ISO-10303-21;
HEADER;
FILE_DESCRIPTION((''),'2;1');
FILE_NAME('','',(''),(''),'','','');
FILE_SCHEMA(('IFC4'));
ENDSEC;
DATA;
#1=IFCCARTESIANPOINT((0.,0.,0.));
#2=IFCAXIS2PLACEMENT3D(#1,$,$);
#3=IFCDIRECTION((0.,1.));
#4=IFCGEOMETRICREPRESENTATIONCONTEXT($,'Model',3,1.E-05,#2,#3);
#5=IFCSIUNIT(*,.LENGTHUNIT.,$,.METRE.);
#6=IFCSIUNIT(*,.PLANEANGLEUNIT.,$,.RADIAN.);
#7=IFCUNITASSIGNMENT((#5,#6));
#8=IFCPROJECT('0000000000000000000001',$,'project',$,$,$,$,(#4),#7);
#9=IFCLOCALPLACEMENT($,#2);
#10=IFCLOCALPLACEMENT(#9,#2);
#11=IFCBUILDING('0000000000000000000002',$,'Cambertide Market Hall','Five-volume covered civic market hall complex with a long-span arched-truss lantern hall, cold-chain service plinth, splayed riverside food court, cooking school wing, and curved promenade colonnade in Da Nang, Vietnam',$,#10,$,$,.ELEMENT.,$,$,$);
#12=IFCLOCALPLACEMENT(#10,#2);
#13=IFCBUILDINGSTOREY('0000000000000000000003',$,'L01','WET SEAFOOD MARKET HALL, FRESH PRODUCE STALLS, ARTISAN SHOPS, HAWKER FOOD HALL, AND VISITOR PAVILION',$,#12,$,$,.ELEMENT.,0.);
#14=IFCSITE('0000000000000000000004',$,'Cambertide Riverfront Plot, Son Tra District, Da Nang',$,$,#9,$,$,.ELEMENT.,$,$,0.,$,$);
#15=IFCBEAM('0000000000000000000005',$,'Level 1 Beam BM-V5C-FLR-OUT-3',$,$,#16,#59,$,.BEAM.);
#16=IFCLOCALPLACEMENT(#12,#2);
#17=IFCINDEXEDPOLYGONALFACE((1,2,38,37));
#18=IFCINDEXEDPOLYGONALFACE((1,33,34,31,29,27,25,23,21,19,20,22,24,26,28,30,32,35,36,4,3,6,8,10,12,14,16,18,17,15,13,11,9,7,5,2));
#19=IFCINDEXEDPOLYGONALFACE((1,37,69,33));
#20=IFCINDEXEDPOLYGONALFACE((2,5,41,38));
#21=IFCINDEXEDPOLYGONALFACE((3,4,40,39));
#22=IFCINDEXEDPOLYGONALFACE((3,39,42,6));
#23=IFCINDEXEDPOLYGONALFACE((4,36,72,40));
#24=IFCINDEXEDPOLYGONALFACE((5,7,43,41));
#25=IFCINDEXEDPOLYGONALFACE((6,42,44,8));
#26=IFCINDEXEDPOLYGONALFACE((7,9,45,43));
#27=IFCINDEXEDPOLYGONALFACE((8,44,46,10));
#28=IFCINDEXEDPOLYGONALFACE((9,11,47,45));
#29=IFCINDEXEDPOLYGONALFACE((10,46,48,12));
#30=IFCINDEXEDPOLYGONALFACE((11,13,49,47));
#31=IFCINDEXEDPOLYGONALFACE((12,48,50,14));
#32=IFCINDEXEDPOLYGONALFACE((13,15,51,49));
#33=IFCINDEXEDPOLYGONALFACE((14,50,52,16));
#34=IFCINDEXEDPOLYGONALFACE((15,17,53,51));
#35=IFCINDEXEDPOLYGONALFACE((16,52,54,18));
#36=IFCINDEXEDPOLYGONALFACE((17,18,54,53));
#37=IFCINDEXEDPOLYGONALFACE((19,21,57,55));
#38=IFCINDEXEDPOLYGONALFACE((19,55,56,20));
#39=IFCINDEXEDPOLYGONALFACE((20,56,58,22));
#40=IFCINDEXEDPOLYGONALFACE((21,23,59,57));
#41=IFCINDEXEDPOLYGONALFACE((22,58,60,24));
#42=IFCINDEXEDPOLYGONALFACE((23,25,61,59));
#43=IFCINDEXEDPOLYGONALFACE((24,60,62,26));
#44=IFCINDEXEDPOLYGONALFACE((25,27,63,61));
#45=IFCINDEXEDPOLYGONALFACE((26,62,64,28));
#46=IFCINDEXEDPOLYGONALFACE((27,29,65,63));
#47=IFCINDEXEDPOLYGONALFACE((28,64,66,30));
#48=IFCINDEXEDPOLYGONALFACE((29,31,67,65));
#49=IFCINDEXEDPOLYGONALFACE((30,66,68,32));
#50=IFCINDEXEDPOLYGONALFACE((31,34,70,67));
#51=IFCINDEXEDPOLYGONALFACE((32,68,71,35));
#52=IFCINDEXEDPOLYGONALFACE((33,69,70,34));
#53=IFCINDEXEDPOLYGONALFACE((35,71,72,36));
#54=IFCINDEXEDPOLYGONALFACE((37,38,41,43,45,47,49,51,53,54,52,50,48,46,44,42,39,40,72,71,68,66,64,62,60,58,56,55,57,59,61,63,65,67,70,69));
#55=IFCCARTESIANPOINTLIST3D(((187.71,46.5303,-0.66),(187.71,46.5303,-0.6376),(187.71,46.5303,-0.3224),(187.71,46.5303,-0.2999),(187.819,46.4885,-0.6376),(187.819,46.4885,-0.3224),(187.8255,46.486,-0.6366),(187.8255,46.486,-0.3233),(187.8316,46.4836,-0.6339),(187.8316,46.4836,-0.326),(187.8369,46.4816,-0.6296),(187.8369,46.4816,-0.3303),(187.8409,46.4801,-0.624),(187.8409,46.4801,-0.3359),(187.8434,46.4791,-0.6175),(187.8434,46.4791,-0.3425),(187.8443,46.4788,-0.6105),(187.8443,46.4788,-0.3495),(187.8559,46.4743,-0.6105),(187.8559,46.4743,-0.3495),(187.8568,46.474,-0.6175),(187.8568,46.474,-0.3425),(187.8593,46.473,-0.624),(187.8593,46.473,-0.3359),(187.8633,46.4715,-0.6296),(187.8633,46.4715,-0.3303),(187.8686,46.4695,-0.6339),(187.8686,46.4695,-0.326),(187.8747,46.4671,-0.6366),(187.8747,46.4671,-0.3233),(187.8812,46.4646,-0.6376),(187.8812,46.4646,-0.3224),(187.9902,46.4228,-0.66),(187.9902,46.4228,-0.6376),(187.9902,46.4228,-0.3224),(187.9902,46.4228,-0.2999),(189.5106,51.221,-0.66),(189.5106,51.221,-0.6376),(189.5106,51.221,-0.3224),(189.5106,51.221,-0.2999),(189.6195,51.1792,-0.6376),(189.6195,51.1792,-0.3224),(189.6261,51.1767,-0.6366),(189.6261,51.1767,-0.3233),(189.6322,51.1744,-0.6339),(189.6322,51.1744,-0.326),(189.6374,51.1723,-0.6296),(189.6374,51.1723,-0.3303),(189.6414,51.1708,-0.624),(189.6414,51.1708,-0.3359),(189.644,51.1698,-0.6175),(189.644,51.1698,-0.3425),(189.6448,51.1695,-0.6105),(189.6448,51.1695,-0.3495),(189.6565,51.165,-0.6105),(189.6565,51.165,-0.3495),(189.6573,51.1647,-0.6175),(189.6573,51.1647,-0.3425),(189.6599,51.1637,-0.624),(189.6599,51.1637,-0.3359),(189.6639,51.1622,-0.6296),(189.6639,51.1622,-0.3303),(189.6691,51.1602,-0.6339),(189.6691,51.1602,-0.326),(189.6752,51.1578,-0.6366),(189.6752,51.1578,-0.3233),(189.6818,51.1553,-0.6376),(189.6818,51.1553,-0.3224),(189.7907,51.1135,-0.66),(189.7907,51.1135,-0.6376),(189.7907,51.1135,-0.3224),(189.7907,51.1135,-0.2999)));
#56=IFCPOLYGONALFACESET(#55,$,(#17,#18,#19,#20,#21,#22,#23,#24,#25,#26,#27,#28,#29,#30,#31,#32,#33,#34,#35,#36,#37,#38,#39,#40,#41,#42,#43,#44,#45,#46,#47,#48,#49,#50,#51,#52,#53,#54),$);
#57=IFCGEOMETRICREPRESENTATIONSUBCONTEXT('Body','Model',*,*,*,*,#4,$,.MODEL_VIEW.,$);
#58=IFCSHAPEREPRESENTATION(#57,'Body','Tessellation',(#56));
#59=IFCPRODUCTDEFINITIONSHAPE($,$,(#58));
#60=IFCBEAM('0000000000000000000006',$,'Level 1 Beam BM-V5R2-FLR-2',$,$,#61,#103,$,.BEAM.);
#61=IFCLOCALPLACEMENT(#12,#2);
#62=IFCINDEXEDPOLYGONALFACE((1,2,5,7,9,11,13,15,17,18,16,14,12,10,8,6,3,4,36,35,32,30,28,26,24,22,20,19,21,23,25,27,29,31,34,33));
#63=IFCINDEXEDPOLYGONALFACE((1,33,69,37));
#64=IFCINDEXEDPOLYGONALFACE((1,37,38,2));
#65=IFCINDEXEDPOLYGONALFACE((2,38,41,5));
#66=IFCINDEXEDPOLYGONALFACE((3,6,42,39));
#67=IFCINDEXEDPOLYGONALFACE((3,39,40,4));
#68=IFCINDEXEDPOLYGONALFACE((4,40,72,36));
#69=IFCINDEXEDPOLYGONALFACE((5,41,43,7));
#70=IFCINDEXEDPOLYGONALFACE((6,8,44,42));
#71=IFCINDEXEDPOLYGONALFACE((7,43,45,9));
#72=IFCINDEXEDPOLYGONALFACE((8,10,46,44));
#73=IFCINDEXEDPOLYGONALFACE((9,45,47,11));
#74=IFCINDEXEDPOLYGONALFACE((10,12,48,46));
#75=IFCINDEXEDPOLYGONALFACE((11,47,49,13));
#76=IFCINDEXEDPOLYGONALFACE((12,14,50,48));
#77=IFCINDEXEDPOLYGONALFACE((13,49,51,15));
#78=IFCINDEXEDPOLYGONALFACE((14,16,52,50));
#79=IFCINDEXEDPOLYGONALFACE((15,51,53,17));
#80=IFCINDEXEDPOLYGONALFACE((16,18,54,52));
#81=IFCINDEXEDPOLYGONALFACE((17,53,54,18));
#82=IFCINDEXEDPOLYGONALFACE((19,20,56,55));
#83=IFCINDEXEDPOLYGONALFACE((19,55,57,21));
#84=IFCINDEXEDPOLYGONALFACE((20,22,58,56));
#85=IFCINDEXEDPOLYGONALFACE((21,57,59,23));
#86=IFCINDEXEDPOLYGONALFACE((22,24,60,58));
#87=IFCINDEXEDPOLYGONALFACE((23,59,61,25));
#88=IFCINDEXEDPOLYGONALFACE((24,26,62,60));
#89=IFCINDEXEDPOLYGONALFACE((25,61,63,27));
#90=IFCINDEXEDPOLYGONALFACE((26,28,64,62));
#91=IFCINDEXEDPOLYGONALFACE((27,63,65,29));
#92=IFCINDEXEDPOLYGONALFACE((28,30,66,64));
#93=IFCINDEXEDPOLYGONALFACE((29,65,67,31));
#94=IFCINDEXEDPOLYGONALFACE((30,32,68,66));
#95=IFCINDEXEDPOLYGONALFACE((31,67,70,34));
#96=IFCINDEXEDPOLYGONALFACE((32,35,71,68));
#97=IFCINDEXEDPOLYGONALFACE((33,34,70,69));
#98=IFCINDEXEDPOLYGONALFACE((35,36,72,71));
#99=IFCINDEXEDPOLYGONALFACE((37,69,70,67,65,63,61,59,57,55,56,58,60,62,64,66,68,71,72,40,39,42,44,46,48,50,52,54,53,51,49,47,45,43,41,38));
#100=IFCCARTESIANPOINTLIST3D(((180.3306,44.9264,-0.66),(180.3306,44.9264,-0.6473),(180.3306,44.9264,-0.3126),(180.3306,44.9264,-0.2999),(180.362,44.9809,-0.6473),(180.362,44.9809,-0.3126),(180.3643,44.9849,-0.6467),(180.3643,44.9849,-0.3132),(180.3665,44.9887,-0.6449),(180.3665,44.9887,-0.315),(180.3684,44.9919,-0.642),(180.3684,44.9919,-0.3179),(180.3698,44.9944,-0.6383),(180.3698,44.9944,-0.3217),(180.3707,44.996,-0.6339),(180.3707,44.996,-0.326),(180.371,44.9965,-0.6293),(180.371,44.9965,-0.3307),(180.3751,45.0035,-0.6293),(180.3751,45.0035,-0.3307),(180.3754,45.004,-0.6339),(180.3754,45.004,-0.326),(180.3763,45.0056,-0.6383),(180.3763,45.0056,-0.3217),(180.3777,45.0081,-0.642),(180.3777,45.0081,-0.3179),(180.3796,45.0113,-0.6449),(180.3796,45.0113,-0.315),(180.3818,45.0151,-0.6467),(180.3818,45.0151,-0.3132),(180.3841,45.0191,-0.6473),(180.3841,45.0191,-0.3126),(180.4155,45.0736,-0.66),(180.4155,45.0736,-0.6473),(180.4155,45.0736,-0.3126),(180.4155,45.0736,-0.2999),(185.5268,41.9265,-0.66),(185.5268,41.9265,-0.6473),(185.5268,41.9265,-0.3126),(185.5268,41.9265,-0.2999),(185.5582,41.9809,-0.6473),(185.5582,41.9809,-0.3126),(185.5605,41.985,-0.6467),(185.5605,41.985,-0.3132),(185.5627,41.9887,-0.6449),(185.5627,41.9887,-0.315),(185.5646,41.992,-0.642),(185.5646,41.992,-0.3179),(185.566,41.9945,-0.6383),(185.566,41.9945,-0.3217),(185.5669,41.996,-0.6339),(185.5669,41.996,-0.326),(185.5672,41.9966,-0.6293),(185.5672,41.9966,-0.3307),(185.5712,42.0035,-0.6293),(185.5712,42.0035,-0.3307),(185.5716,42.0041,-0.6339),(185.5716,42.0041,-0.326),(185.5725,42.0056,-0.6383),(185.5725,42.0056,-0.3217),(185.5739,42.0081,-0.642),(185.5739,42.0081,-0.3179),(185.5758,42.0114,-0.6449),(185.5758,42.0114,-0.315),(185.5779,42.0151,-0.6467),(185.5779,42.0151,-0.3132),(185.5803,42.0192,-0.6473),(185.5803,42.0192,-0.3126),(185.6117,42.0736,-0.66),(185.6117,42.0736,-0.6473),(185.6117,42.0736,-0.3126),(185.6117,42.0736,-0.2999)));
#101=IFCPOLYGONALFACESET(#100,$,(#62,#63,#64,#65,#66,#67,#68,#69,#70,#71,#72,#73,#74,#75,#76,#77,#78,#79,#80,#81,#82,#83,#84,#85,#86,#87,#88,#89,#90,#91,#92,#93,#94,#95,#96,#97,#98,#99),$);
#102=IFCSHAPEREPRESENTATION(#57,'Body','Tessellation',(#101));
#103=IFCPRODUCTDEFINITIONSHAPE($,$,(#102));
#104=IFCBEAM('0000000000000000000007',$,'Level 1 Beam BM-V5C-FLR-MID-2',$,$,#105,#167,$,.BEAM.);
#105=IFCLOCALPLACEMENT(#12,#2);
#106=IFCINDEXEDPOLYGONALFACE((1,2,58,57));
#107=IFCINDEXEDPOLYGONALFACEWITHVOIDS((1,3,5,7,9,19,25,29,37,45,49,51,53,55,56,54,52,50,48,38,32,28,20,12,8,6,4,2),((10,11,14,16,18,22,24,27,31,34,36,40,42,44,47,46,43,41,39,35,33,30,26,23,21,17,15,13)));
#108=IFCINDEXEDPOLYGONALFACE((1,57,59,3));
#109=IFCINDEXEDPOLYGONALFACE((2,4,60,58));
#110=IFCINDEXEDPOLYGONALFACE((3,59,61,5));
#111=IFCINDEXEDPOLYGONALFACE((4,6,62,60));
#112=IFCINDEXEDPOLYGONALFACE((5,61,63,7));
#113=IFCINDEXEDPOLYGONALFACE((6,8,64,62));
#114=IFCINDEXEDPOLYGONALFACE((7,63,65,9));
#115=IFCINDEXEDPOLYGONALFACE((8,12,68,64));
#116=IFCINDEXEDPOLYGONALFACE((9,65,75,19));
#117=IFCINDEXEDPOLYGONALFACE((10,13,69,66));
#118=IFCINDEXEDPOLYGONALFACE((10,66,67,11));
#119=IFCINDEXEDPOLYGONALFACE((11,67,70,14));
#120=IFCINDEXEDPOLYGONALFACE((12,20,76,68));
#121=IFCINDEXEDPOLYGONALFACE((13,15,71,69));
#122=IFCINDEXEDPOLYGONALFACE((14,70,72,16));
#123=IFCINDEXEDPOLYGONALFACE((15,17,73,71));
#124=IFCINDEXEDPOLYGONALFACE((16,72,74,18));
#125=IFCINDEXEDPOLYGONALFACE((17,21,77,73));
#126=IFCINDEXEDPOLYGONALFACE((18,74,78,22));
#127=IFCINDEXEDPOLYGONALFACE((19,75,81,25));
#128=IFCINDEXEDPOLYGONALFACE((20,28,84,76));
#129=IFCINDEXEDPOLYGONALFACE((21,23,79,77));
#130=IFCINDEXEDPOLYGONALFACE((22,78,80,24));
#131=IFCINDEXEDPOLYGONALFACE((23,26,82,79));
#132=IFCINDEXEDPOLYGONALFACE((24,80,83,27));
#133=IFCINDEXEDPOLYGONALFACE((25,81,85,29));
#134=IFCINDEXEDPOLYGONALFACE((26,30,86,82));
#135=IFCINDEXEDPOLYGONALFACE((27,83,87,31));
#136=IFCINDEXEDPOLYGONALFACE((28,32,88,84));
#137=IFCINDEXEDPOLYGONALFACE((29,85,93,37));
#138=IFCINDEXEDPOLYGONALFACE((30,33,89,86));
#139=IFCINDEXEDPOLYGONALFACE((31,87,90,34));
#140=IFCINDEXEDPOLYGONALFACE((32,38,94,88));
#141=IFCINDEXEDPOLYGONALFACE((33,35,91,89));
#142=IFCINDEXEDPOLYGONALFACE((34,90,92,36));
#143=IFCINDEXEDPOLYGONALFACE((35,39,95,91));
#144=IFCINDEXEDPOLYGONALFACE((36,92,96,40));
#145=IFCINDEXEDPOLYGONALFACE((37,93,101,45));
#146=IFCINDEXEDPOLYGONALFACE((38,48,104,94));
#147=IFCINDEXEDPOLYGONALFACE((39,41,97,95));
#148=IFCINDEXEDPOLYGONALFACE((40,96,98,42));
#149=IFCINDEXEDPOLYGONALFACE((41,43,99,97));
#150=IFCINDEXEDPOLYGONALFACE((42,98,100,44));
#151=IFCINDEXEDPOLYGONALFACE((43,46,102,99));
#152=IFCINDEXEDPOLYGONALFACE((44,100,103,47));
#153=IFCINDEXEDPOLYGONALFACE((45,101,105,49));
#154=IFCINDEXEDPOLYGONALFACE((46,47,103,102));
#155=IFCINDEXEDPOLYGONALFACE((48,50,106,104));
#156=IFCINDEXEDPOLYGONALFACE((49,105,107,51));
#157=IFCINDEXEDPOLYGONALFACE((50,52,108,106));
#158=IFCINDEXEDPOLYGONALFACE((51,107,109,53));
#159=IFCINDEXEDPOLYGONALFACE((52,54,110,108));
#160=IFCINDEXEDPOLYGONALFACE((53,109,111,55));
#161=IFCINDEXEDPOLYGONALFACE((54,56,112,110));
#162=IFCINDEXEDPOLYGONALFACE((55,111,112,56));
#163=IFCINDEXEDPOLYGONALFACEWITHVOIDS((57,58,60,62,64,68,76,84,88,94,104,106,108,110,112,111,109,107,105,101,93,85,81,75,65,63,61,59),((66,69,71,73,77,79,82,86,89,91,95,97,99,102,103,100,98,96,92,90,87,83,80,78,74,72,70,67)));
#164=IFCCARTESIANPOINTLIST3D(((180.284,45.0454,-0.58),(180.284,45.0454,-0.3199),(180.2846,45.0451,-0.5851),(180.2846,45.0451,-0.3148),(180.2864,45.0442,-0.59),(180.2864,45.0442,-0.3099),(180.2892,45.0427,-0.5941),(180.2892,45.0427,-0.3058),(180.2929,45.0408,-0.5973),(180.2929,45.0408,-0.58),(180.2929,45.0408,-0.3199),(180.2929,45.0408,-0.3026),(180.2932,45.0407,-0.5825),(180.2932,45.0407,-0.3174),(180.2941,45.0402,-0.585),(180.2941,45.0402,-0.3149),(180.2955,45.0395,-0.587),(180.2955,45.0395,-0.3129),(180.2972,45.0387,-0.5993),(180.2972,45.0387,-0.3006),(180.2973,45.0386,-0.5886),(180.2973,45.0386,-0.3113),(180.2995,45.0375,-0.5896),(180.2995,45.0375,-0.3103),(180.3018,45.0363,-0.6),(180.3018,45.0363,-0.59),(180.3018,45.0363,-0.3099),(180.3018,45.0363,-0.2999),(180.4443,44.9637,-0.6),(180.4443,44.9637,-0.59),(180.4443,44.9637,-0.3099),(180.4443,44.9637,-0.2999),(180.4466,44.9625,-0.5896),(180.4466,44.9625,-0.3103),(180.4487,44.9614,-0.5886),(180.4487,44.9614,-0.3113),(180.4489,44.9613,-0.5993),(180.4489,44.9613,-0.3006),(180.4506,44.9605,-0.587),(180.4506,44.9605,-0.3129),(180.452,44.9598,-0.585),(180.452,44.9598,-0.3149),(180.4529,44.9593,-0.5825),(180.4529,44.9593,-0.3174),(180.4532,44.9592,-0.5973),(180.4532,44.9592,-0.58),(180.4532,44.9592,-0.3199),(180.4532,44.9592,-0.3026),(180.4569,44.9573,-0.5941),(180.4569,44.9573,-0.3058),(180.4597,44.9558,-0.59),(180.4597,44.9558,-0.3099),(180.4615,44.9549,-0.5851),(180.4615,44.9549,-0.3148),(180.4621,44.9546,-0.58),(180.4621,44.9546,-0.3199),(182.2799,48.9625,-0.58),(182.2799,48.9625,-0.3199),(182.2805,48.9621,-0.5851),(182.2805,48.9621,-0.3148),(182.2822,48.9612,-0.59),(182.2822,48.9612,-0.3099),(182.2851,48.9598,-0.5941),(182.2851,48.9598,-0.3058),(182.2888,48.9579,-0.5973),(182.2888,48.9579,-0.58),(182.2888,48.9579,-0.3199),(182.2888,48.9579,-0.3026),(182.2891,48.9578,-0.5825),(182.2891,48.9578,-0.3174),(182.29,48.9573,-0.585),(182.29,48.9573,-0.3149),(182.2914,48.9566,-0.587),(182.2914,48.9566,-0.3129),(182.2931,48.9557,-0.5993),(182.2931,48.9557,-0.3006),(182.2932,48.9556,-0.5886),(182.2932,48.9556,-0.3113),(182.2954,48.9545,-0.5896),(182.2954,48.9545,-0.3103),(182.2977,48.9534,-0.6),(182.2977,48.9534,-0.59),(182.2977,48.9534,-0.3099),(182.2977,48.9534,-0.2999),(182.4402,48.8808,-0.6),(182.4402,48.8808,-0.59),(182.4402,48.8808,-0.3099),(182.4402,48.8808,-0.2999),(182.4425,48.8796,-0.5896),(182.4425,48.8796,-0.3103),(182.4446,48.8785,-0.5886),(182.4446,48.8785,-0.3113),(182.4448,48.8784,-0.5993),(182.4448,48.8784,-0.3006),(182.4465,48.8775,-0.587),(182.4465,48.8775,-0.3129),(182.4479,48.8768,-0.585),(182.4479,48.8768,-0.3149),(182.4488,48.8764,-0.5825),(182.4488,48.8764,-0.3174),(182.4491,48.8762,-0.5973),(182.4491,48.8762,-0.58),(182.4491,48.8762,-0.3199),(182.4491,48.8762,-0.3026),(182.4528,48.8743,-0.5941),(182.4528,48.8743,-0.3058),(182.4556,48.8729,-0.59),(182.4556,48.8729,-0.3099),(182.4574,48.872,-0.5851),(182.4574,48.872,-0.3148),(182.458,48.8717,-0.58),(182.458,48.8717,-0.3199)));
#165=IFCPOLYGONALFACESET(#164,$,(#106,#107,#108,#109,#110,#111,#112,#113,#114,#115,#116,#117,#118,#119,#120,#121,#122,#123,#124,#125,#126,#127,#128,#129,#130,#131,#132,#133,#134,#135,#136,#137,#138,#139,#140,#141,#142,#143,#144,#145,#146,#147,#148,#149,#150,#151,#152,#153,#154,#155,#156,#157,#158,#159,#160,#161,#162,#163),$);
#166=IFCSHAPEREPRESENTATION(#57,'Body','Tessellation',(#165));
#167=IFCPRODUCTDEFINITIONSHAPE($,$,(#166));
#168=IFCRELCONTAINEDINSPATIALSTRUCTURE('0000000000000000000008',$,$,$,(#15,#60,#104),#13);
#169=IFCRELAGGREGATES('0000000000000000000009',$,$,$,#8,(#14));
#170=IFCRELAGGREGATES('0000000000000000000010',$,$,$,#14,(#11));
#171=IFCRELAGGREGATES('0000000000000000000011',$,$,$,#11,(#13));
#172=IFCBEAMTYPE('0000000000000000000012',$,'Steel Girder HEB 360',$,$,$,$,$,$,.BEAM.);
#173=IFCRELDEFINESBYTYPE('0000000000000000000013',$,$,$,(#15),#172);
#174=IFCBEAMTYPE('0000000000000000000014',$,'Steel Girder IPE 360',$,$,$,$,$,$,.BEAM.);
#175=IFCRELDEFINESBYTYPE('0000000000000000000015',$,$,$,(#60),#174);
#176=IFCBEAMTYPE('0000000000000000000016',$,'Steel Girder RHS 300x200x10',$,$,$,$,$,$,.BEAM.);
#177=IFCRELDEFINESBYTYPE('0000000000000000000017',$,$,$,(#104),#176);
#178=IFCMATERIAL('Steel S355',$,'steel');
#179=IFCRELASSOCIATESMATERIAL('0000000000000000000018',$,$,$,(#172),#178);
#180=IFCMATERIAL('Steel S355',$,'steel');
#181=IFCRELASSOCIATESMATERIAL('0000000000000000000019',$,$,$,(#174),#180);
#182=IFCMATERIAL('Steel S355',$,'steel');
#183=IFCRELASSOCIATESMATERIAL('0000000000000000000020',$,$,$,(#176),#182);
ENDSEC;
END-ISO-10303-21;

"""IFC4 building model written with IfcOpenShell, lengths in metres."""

from ifc_helpers import new_model, si_unit, direction, frame, origin, origin_2d, place, context, subcontext, project, spatial, hollow_rectangle, i_section, extrude, material, material_profile, profile_set, type_object, element, save


model = new_model("IFC4")

# Units and contexts
model_context = context("Model", 3, precision=1e-05, world=origin(), true_north=direction((0.0, 1.0)))
body_context = subcontext(model_context, "Body", "Model", "MODEL_VIEW")
ifc_project = project(units=[si_unit("LENGTHUNIT", "METRE"), si_unit("PLANEANGLEUNIT", "RADIAN")], contexts=[model_context])

# Site, building, storey
site_placement = place(None, origin())
site = spatial("IfcSite", under=ifc_project, at=site_placement, Name="Cambertide Riverfront Plot, Son Tra District, Da Nang", CompositionType="ELEMENT", RefElevation=0.0)
building_placement = place(site_placement, origin())
building = spatial("IfcBuilding", under=site, at=building_placement, Name="Cambertide Market Hall", Description="Five-volume covered civic market hall complex with a long-span arched-truss lantern hall, cold-chain service plinth, splayed riverside food court, cooking school wing, and curved promenade colonnade in Da Nang, Vietnam", CompositionType="ELEMENT")
storey_placement = place(building_placement, origin())
storey = spatial("IfcBuildingStorey", under=building, at=storey_placement, Name="L01", Description="WET SEAFOOD MARKET HALL, FRESH PRODUCE STALLS, ARTISAN SHOPS, HAWKER FOOD HALL, AND VISITOR PAVILION", CompositionType="ELEMENT", Elevation=0.0)

# Beams
ifc_material_1 = material(Name="Steel S355", Category="steel")
ifc_material_profile_1 = material_profile(ifc_material_1, i_section(OverallWidth=0.3, OverallDepth=0.3601, WebThickness=0.0125, FlangeThickness=0.0225, FilletRadius=0.0271, at=origin_2d()), Name="HEB 360")
ifc_profile_set_1 = profile_set([ifc_material_profile_1], Name="Steel S355")
beam_type_1 = type_object("IfcBeamType", Name="Steel Girder HEB 360", PredefinedType="BEAM", material=ifc_profile_set_1)
beam_1_placement = place(storey_placement, frame((187.8501, 46.4766, -0.48), z_axis=(0.35836, 0.933583, 0.0), x_axis=(-0.933583, 0.35836, 0.0)))
element("IfcBeam", 1, at=beam_1_placement, inside=storey, type_object=beam_type_1, Name="Level 1 Beam BM-V5C-FLR-OUT-3", PredefinedType="BEAM", context=body_context, shape_type="SweptSolid", body=[
    extrude(i_section(OverallWidth=0.3, OverallDepth=0.3601, WebThickness=0.0125, FlangeThickness=0.0225, FilletRadius=0.0271, at=origin_2d()), origin(), (0.0, 0.0, 1.0), 5.0244),
])
ifc_material_2 = material(Name="Steel S355", Category="steel")
ifc_material_profile_2 = material_profile(ifc_material_2, i_section(OverallWidth=0.1699, OverallDepth=0.3601, WebThickness=0.0081, FlangeThickness=0.0127, FilletRadius=0.0181, at=origin_2d()), Name="IPE 360")
ifc_profile_set_2 = profile_set([ifc_material_profile_2], Name="Steel S355")
beam_type_2 = type_object("IfcBeamType", Name="Steel Girder IPE 360", PredefinedType="BEAM", material=ifc_profile_set_2)
beam_2_placement = place(storey_placement, frame((180.373, 45.0, -0.48), z_axis=(0.866031, -0.49999, 0.0), x_axis=(0.49999, 0.866031, 0.0)))
element("IfcBeam", 2, at=beam_2_placement, inside=storey, type_object=beam_type_2, Name="Level 1 Beam BM-V5R2-FLR-2", PredefinedType="BEAM", context=body_context, shape_type="SweptSolid", body=[
    extrude(i_section(OverallWidth=0.1699, OverallDepth=0.3601, WebThickness=0.0081, FlangeThickness=0.0127, FilletRadius=0.0181, at=origin_2d()), origin(), (0.0, 0.0, 1.0), 6.0),
])
ifc_material_3 = material(Name="Steel S355", Category="steel")
ifc_material_profile_3 = material_profile(ifc_material_3, hollow_rectangle(XDim=0.2, YDim=0.3, WallThickness=0.01, InnerFilletRadius=0.01, OuterFilletRadius=0.02, at=origin_2d()), Name="RHS 300x200x10")
ifc_profile_set_3 = profile_set([ifc_material_profile_3], Name="Steel S355")
beam_type_3 = type_object("IfcBeamType", Name="Steel Girder RHS 300x200x10", PredefinedType="BEAM", material=ifc_profile_set_3)
beam_3_placement = place(storey_placement, frame((180.373, 45.0, -0.45), z_axis=(0.453998, 0.891003, 0.0), x_axis=(-0.891003, 0.453998, 0.0)))
element("IfcBeam", 3, at=beam_3_placement, inside=storey, type_object=beam_type_3, Name="Level 1 Beam BM-V5C-FLR-MID-2", PredefinedType="BEAM", context=body_context, shape_type="SweptSolid", body=[
    extrude(hollow_rectangle(XDim=0.2, YDim=0.3, WallThickness=0.01, InnerFilletRadius=0.01, OuterFilletRadius=0.02, at=origin_2d()), origin(), (0.0, 0.0, 1.0), 4.3962),
])

save(model, "model.ifc")
